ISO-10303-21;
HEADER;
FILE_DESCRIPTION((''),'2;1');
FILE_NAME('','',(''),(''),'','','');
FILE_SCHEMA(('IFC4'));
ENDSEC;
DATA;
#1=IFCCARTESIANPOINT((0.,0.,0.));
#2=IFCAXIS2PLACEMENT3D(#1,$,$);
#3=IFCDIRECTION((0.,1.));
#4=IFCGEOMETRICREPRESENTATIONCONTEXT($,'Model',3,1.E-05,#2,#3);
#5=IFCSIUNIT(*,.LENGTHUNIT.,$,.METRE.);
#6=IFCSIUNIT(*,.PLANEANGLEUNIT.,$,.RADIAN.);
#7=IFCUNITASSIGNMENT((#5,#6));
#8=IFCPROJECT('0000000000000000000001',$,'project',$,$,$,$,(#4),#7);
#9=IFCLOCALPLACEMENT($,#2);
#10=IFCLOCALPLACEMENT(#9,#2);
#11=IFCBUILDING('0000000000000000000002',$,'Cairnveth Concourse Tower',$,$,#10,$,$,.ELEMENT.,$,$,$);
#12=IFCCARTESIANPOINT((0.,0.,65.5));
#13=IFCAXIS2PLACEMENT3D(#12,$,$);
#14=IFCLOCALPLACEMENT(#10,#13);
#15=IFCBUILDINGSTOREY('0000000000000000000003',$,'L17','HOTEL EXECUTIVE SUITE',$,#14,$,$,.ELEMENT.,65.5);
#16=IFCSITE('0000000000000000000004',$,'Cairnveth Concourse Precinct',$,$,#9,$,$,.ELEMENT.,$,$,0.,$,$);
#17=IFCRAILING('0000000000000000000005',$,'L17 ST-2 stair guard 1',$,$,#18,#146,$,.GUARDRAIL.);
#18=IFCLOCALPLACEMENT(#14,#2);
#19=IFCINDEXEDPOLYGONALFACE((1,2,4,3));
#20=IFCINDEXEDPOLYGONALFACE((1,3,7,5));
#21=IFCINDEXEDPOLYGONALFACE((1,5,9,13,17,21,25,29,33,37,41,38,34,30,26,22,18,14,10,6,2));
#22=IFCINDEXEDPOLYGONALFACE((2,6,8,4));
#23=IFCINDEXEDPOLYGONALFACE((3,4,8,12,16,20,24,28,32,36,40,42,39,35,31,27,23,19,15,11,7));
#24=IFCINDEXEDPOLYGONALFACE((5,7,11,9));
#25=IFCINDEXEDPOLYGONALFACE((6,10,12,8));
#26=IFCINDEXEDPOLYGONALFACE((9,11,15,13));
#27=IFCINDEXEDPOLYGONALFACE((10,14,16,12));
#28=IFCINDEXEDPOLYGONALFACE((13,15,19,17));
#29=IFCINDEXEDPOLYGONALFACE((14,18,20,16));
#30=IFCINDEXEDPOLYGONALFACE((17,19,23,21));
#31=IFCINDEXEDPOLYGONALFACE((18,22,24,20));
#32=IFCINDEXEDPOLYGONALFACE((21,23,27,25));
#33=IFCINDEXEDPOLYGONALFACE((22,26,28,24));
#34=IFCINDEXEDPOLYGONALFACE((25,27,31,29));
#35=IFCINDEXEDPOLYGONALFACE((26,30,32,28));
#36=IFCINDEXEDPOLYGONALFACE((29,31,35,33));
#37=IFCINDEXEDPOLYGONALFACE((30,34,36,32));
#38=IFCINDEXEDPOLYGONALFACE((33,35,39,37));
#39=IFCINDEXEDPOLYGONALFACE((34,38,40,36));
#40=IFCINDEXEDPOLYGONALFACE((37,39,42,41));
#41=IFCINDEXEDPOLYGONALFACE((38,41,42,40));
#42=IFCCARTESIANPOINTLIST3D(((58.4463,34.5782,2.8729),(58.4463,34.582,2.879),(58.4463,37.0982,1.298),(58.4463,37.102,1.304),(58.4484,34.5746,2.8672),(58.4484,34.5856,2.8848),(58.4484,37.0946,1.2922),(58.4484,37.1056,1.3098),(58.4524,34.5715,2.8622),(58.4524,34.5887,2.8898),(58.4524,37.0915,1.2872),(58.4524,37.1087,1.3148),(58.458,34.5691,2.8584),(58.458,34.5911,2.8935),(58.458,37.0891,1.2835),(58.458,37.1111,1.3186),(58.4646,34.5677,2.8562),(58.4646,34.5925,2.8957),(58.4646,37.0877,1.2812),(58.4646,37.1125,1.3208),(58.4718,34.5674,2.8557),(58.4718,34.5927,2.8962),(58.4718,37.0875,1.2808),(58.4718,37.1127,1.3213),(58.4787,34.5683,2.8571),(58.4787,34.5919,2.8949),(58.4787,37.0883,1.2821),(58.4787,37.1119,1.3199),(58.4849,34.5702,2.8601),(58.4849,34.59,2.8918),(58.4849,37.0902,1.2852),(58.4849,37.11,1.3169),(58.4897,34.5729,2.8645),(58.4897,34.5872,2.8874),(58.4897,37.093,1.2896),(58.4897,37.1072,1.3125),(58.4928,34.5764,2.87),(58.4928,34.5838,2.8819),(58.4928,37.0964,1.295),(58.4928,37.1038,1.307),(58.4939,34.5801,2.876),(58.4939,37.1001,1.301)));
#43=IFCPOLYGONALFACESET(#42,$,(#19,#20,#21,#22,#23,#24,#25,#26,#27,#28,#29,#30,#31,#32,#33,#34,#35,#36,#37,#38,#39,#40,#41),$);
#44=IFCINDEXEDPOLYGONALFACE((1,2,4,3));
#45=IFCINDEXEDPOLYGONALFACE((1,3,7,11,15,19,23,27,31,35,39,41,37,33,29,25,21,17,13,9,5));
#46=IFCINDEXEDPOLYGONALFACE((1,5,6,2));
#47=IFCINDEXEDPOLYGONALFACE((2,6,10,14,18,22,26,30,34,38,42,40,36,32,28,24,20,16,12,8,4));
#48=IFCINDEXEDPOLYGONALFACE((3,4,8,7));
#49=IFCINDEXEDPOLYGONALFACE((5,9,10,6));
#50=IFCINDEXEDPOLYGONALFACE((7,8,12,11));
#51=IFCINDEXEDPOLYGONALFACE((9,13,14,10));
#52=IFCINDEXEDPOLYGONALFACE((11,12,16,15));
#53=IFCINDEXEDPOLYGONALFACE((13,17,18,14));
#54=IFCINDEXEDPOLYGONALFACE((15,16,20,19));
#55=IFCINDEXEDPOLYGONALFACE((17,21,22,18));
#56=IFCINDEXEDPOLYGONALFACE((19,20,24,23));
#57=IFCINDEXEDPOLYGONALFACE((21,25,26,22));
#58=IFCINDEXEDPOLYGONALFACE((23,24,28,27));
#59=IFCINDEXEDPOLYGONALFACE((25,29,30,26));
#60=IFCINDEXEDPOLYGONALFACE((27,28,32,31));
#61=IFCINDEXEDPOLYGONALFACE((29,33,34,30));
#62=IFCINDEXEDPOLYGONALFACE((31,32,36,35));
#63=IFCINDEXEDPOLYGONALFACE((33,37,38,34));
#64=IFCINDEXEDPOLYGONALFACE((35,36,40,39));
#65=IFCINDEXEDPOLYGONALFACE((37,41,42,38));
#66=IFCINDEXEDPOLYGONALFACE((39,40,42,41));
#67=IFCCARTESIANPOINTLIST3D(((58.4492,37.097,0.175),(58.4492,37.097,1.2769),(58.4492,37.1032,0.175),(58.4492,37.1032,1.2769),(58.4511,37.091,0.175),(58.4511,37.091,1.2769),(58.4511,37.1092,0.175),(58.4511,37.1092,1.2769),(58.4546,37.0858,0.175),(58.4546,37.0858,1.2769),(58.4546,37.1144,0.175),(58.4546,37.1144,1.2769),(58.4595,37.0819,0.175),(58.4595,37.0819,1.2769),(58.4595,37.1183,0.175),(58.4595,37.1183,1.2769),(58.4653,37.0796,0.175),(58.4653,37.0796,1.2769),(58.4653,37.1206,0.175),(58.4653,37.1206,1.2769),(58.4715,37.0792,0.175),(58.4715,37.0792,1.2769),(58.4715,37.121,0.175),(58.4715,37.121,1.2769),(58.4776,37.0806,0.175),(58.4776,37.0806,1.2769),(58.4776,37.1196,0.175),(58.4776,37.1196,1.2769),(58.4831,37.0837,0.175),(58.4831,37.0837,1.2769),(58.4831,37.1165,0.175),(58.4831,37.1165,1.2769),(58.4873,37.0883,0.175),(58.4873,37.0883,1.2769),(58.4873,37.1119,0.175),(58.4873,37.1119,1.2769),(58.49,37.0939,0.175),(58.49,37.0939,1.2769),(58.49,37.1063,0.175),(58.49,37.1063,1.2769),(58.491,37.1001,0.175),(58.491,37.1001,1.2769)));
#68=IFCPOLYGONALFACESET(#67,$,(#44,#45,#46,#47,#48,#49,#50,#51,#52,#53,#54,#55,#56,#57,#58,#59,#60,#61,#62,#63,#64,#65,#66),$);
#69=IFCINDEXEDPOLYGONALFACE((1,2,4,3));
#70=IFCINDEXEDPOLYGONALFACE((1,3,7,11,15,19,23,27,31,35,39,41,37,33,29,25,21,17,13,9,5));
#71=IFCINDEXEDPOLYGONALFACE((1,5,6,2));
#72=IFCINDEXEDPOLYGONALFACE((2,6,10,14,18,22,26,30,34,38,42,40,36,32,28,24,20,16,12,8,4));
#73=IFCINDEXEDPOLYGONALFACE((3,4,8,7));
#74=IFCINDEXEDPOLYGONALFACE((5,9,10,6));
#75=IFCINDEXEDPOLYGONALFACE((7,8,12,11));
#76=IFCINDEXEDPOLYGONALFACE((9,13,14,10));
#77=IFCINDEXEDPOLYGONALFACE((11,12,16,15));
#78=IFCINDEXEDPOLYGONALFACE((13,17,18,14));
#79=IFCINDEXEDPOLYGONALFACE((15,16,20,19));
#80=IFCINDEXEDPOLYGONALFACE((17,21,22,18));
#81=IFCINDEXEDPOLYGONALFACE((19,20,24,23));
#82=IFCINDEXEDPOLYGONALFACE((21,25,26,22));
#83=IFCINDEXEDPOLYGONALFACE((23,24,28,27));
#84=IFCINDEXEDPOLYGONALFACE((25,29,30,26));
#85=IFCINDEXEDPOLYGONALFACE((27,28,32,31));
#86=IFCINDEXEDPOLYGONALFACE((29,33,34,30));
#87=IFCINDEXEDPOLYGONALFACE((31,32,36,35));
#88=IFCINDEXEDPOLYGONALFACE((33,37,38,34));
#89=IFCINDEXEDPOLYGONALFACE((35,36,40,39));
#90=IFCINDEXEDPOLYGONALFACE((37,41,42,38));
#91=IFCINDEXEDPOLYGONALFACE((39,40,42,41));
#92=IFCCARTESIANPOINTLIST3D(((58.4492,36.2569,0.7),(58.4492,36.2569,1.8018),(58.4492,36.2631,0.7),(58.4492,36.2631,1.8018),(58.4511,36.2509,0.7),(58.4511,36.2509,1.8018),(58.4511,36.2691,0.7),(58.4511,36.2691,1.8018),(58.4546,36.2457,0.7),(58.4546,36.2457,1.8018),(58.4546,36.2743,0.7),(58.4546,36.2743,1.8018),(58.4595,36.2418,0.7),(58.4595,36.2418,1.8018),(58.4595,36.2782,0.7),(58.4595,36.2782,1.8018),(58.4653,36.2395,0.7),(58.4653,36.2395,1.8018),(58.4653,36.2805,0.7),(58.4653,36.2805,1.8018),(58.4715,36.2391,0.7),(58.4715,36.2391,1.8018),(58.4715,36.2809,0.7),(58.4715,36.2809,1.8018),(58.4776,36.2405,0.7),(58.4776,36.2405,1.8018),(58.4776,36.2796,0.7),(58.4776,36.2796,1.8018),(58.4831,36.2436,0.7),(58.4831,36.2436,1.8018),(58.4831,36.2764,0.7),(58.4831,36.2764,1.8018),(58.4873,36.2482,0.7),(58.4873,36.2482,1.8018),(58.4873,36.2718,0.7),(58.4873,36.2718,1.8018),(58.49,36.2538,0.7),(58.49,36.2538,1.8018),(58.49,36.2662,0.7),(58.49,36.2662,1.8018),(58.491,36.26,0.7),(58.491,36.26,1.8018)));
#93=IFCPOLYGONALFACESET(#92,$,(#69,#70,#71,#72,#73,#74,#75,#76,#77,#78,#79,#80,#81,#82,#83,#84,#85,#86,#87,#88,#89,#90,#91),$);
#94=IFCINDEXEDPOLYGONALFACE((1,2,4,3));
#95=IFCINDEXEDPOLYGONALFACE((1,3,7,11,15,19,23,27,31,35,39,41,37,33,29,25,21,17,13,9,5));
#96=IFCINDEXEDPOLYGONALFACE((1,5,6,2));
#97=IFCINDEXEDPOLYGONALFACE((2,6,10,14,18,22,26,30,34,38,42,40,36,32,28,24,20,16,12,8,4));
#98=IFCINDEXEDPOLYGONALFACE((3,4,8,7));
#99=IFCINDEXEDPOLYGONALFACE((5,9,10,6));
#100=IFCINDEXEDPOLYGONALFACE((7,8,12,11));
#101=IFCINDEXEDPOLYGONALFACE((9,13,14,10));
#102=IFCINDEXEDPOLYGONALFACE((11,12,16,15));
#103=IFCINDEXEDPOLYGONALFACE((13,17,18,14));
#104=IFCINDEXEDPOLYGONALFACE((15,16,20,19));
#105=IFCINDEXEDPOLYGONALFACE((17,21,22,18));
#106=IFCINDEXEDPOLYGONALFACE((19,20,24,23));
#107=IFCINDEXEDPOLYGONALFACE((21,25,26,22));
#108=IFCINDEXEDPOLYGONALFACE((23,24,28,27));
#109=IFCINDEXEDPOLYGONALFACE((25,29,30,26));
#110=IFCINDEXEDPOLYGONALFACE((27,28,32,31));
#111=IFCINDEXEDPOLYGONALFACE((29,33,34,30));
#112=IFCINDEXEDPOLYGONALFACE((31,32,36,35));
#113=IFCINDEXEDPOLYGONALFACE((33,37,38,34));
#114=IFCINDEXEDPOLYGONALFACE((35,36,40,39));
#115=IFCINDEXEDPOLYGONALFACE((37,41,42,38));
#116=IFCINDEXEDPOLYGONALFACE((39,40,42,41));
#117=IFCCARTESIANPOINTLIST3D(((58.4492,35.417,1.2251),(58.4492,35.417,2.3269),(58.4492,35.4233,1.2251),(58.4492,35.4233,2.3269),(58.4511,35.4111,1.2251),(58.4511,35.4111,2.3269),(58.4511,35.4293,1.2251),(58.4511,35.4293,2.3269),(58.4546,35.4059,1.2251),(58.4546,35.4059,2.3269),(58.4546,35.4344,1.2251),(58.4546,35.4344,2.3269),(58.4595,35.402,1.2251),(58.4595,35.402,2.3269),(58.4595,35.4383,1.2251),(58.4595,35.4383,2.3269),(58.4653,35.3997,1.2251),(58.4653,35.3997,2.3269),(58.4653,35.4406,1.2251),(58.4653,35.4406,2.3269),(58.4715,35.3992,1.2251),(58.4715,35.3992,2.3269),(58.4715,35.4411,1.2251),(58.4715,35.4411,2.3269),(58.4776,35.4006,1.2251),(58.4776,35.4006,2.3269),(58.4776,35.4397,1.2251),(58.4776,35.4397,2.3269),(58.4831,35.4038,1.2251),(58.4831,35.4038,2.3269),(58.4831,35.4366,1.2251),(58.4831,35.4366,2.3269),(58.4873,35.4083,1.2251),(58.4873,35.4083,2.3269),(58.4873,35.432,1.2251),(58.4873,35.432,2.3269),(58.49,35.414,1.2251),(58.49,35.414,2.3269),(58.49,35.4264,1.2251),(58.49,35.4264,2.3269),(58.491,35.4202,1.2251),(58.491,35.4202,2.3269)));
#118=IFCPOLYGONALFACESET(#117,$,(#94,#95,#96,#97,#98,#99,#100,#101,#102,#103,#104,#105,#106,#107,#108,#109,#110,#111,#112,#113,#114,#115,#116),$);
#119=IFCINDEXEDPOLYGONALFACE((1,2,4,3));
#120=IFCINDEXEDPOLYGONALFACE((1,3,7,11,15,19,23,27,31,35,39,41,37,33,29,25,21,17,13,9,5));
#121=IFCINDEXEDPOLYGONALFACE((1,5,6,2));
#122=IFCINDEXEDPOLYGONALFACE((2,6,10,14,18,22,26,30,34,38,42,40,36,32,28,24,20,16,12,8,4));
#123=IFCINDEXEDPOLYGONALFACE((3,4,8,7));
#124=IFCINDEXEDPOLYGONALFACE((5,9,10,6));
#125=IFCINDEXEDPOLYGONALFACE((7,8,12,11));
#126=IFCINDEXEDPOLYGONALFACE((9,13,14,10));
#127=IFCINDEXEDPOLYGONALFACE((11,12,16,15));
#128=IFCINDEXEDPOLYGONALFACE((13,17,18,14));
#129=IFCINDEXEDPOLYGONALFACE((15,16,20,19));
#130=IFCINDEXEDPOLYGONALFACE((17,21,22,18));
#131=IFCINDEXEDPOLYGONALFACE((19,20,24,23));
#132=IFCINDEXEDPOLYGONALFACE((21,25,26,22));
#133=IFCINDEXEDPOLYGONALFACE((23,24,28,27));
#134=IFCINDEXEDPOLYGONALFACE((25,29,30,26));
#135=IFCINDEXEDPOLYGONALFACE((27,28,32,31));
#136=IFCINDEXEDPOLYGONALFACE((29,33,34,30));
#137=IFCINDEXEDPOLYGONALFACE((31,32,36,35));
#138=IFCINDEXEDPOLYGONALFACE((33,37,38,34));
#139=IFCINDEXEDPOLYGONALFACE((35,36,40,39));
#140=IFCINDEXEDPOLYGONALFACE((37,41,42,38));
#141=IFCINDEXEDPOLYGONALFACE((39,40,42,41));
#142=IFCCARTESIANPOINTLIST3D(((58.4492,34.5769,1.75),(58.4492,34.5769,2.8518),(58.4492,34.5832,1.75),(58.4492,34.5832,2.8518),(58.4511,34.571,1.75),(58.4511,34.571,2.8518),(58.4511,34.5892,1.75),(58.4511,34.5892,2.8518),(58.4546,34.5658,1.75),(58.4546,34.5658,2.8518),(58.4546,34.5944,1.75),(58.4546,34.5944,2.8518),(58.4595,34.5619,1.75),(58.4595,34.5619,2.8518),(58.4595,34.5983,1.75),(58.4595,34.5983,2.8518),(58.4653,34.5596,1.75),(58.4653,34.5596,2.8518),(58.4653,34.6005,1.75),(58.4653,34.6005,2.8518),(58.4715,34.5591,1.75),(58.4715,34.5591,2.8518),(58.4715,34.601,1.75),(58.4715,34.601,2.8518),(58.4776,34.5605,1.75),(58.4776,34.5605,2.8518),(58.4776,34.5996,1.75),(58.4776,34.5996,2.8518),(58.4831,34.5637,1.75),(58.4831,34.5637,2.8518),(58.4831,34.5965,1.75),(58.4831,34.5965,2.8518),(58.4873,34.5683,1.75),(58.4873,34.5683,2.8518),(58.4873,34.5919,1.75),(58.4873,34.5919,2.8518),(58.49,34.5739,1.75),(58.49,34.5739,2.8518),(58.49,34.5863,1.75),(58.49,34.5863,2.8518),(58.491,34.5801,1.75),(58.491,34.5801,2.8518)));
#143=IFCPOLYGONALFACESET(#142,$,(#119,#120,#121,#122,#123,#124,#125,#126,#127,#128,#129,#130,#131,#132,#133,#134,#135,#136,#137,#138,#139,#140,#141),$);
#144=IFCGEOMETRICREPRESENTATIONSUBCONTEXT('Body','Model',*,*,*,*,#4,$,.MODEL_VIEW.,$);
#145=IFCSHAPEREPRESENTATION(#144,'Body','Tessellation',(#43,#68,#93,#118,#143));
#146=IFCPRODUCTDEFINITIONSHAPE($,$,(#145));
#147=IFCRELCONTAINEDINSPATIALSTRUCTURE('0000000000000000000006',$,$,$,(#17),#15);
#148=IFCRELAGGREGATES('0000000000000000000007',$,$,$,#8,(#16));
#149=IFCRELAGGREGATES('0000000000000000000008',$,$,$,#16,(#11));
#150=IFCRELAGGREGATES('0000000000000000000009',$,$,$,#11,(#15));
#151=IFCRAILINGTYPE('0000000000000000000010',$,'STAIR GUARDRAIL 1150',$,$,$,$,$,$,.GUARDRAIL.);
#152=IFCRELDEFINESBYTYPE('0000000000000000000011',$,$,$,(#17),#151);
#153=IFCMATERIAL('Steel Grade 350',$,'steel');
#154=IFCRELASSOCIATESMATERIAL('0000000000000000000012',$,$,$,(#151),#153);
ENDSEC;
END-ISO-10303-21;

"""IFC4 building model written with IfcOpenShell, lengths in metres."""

from ifc_helpers import new_model, si_unit, direction, frame, origin, origin_2d, place, context, subcontext, project, spatial, circle, extrude, material, type_object, element, save


model = new_model("IFC4")

# Units and contexts
model_context = context("Model", 3, precision=1e-05, world=origin(), true_north=direction((0.0, 1.0)))
body_context = subcontext(model_context, "Body", "Model", "MODEL_VIEW")
ifc_project = project(units=[si_unit("LENGTHUNIT", "METRE"), si_unit("PLANEANGLEUNIT", "RADIAN")], contexts=[model_context])

# Site, building, storey
site_placement = place(None, origin())
site = spatial("IfcSite", under=ifc_project, at=site_placement, Name="Cairnveth Concourse Precinct", CompositionType="ELEMENT", RefElevation=0.0)
building_placement = place(site_placement, origin())
building = spatial("IfcBuilding", under=site, at=building_placement, Name="Cairnveth Concourse Tower", CompositionType="ELEMENT")
storey_placement = place(building_placement, frame((0.0, 0.0, 65.5)))
storey = spatial("IfcBuildingStorey", under=building, at=storey_placement, Name="L17", Description="HOTEL EXECUTIVE SUITE", CompositionType="ELEMENT", Elevation=65.5)

# Railing
ifc_material_1 = material(Name="Steel Grade 350", Category="steel")
railing_type_1 = type_object("IfcRailingType", Name="STAIR GUARDRAIL 1150", PredefinedType="GUARDRAIL", material=ifc_material_1)
railing_1_placement = place(storey_placement, frame((58.47, 37.1001, 0.175)))
element("IfcRailing", 1, at=railing_1_placement, inside=storey, type_object=railing_type_1, Name="L17 ST-2 stair guard 1", PredefinedType="GUARDRAIL", context=body_context, shape_type="SweptSolid", body=[
    extrude(circle(Radius=0.0239, at=origin_2d()), frame((0.0, 0.0, 1.126), z_axis=(0.0, -0.848008, 0.529984), x_axis=(1.0, 0.0, 0.0)), (0.0, 0.0, 1.0), 2.9717),
    extrude(circle(Radius=0.021, at=origin_2d()), origin(), (0.0, 0.0, 1.0), 1.1018),
    extrude(circle(Radius=0.021, at=origin_2d()), frame((0.0, -0.8401, 0.5249)), (0.0, 0.0, 1.0), 1.1018),
    extrude(circle(Radius=0.021, at=origin_2d()), frame((0.0, -1.6799, 1.05)), (0.0, 0.0, 1.0), 1.1018),
    extrude(circle(Radius=0.021, at=origin_2d()), frame((0.0, -2.52, 1.575)), (0.0, 0.0, 1.0), 1.1018),
])

save(model, "model.ifc")
